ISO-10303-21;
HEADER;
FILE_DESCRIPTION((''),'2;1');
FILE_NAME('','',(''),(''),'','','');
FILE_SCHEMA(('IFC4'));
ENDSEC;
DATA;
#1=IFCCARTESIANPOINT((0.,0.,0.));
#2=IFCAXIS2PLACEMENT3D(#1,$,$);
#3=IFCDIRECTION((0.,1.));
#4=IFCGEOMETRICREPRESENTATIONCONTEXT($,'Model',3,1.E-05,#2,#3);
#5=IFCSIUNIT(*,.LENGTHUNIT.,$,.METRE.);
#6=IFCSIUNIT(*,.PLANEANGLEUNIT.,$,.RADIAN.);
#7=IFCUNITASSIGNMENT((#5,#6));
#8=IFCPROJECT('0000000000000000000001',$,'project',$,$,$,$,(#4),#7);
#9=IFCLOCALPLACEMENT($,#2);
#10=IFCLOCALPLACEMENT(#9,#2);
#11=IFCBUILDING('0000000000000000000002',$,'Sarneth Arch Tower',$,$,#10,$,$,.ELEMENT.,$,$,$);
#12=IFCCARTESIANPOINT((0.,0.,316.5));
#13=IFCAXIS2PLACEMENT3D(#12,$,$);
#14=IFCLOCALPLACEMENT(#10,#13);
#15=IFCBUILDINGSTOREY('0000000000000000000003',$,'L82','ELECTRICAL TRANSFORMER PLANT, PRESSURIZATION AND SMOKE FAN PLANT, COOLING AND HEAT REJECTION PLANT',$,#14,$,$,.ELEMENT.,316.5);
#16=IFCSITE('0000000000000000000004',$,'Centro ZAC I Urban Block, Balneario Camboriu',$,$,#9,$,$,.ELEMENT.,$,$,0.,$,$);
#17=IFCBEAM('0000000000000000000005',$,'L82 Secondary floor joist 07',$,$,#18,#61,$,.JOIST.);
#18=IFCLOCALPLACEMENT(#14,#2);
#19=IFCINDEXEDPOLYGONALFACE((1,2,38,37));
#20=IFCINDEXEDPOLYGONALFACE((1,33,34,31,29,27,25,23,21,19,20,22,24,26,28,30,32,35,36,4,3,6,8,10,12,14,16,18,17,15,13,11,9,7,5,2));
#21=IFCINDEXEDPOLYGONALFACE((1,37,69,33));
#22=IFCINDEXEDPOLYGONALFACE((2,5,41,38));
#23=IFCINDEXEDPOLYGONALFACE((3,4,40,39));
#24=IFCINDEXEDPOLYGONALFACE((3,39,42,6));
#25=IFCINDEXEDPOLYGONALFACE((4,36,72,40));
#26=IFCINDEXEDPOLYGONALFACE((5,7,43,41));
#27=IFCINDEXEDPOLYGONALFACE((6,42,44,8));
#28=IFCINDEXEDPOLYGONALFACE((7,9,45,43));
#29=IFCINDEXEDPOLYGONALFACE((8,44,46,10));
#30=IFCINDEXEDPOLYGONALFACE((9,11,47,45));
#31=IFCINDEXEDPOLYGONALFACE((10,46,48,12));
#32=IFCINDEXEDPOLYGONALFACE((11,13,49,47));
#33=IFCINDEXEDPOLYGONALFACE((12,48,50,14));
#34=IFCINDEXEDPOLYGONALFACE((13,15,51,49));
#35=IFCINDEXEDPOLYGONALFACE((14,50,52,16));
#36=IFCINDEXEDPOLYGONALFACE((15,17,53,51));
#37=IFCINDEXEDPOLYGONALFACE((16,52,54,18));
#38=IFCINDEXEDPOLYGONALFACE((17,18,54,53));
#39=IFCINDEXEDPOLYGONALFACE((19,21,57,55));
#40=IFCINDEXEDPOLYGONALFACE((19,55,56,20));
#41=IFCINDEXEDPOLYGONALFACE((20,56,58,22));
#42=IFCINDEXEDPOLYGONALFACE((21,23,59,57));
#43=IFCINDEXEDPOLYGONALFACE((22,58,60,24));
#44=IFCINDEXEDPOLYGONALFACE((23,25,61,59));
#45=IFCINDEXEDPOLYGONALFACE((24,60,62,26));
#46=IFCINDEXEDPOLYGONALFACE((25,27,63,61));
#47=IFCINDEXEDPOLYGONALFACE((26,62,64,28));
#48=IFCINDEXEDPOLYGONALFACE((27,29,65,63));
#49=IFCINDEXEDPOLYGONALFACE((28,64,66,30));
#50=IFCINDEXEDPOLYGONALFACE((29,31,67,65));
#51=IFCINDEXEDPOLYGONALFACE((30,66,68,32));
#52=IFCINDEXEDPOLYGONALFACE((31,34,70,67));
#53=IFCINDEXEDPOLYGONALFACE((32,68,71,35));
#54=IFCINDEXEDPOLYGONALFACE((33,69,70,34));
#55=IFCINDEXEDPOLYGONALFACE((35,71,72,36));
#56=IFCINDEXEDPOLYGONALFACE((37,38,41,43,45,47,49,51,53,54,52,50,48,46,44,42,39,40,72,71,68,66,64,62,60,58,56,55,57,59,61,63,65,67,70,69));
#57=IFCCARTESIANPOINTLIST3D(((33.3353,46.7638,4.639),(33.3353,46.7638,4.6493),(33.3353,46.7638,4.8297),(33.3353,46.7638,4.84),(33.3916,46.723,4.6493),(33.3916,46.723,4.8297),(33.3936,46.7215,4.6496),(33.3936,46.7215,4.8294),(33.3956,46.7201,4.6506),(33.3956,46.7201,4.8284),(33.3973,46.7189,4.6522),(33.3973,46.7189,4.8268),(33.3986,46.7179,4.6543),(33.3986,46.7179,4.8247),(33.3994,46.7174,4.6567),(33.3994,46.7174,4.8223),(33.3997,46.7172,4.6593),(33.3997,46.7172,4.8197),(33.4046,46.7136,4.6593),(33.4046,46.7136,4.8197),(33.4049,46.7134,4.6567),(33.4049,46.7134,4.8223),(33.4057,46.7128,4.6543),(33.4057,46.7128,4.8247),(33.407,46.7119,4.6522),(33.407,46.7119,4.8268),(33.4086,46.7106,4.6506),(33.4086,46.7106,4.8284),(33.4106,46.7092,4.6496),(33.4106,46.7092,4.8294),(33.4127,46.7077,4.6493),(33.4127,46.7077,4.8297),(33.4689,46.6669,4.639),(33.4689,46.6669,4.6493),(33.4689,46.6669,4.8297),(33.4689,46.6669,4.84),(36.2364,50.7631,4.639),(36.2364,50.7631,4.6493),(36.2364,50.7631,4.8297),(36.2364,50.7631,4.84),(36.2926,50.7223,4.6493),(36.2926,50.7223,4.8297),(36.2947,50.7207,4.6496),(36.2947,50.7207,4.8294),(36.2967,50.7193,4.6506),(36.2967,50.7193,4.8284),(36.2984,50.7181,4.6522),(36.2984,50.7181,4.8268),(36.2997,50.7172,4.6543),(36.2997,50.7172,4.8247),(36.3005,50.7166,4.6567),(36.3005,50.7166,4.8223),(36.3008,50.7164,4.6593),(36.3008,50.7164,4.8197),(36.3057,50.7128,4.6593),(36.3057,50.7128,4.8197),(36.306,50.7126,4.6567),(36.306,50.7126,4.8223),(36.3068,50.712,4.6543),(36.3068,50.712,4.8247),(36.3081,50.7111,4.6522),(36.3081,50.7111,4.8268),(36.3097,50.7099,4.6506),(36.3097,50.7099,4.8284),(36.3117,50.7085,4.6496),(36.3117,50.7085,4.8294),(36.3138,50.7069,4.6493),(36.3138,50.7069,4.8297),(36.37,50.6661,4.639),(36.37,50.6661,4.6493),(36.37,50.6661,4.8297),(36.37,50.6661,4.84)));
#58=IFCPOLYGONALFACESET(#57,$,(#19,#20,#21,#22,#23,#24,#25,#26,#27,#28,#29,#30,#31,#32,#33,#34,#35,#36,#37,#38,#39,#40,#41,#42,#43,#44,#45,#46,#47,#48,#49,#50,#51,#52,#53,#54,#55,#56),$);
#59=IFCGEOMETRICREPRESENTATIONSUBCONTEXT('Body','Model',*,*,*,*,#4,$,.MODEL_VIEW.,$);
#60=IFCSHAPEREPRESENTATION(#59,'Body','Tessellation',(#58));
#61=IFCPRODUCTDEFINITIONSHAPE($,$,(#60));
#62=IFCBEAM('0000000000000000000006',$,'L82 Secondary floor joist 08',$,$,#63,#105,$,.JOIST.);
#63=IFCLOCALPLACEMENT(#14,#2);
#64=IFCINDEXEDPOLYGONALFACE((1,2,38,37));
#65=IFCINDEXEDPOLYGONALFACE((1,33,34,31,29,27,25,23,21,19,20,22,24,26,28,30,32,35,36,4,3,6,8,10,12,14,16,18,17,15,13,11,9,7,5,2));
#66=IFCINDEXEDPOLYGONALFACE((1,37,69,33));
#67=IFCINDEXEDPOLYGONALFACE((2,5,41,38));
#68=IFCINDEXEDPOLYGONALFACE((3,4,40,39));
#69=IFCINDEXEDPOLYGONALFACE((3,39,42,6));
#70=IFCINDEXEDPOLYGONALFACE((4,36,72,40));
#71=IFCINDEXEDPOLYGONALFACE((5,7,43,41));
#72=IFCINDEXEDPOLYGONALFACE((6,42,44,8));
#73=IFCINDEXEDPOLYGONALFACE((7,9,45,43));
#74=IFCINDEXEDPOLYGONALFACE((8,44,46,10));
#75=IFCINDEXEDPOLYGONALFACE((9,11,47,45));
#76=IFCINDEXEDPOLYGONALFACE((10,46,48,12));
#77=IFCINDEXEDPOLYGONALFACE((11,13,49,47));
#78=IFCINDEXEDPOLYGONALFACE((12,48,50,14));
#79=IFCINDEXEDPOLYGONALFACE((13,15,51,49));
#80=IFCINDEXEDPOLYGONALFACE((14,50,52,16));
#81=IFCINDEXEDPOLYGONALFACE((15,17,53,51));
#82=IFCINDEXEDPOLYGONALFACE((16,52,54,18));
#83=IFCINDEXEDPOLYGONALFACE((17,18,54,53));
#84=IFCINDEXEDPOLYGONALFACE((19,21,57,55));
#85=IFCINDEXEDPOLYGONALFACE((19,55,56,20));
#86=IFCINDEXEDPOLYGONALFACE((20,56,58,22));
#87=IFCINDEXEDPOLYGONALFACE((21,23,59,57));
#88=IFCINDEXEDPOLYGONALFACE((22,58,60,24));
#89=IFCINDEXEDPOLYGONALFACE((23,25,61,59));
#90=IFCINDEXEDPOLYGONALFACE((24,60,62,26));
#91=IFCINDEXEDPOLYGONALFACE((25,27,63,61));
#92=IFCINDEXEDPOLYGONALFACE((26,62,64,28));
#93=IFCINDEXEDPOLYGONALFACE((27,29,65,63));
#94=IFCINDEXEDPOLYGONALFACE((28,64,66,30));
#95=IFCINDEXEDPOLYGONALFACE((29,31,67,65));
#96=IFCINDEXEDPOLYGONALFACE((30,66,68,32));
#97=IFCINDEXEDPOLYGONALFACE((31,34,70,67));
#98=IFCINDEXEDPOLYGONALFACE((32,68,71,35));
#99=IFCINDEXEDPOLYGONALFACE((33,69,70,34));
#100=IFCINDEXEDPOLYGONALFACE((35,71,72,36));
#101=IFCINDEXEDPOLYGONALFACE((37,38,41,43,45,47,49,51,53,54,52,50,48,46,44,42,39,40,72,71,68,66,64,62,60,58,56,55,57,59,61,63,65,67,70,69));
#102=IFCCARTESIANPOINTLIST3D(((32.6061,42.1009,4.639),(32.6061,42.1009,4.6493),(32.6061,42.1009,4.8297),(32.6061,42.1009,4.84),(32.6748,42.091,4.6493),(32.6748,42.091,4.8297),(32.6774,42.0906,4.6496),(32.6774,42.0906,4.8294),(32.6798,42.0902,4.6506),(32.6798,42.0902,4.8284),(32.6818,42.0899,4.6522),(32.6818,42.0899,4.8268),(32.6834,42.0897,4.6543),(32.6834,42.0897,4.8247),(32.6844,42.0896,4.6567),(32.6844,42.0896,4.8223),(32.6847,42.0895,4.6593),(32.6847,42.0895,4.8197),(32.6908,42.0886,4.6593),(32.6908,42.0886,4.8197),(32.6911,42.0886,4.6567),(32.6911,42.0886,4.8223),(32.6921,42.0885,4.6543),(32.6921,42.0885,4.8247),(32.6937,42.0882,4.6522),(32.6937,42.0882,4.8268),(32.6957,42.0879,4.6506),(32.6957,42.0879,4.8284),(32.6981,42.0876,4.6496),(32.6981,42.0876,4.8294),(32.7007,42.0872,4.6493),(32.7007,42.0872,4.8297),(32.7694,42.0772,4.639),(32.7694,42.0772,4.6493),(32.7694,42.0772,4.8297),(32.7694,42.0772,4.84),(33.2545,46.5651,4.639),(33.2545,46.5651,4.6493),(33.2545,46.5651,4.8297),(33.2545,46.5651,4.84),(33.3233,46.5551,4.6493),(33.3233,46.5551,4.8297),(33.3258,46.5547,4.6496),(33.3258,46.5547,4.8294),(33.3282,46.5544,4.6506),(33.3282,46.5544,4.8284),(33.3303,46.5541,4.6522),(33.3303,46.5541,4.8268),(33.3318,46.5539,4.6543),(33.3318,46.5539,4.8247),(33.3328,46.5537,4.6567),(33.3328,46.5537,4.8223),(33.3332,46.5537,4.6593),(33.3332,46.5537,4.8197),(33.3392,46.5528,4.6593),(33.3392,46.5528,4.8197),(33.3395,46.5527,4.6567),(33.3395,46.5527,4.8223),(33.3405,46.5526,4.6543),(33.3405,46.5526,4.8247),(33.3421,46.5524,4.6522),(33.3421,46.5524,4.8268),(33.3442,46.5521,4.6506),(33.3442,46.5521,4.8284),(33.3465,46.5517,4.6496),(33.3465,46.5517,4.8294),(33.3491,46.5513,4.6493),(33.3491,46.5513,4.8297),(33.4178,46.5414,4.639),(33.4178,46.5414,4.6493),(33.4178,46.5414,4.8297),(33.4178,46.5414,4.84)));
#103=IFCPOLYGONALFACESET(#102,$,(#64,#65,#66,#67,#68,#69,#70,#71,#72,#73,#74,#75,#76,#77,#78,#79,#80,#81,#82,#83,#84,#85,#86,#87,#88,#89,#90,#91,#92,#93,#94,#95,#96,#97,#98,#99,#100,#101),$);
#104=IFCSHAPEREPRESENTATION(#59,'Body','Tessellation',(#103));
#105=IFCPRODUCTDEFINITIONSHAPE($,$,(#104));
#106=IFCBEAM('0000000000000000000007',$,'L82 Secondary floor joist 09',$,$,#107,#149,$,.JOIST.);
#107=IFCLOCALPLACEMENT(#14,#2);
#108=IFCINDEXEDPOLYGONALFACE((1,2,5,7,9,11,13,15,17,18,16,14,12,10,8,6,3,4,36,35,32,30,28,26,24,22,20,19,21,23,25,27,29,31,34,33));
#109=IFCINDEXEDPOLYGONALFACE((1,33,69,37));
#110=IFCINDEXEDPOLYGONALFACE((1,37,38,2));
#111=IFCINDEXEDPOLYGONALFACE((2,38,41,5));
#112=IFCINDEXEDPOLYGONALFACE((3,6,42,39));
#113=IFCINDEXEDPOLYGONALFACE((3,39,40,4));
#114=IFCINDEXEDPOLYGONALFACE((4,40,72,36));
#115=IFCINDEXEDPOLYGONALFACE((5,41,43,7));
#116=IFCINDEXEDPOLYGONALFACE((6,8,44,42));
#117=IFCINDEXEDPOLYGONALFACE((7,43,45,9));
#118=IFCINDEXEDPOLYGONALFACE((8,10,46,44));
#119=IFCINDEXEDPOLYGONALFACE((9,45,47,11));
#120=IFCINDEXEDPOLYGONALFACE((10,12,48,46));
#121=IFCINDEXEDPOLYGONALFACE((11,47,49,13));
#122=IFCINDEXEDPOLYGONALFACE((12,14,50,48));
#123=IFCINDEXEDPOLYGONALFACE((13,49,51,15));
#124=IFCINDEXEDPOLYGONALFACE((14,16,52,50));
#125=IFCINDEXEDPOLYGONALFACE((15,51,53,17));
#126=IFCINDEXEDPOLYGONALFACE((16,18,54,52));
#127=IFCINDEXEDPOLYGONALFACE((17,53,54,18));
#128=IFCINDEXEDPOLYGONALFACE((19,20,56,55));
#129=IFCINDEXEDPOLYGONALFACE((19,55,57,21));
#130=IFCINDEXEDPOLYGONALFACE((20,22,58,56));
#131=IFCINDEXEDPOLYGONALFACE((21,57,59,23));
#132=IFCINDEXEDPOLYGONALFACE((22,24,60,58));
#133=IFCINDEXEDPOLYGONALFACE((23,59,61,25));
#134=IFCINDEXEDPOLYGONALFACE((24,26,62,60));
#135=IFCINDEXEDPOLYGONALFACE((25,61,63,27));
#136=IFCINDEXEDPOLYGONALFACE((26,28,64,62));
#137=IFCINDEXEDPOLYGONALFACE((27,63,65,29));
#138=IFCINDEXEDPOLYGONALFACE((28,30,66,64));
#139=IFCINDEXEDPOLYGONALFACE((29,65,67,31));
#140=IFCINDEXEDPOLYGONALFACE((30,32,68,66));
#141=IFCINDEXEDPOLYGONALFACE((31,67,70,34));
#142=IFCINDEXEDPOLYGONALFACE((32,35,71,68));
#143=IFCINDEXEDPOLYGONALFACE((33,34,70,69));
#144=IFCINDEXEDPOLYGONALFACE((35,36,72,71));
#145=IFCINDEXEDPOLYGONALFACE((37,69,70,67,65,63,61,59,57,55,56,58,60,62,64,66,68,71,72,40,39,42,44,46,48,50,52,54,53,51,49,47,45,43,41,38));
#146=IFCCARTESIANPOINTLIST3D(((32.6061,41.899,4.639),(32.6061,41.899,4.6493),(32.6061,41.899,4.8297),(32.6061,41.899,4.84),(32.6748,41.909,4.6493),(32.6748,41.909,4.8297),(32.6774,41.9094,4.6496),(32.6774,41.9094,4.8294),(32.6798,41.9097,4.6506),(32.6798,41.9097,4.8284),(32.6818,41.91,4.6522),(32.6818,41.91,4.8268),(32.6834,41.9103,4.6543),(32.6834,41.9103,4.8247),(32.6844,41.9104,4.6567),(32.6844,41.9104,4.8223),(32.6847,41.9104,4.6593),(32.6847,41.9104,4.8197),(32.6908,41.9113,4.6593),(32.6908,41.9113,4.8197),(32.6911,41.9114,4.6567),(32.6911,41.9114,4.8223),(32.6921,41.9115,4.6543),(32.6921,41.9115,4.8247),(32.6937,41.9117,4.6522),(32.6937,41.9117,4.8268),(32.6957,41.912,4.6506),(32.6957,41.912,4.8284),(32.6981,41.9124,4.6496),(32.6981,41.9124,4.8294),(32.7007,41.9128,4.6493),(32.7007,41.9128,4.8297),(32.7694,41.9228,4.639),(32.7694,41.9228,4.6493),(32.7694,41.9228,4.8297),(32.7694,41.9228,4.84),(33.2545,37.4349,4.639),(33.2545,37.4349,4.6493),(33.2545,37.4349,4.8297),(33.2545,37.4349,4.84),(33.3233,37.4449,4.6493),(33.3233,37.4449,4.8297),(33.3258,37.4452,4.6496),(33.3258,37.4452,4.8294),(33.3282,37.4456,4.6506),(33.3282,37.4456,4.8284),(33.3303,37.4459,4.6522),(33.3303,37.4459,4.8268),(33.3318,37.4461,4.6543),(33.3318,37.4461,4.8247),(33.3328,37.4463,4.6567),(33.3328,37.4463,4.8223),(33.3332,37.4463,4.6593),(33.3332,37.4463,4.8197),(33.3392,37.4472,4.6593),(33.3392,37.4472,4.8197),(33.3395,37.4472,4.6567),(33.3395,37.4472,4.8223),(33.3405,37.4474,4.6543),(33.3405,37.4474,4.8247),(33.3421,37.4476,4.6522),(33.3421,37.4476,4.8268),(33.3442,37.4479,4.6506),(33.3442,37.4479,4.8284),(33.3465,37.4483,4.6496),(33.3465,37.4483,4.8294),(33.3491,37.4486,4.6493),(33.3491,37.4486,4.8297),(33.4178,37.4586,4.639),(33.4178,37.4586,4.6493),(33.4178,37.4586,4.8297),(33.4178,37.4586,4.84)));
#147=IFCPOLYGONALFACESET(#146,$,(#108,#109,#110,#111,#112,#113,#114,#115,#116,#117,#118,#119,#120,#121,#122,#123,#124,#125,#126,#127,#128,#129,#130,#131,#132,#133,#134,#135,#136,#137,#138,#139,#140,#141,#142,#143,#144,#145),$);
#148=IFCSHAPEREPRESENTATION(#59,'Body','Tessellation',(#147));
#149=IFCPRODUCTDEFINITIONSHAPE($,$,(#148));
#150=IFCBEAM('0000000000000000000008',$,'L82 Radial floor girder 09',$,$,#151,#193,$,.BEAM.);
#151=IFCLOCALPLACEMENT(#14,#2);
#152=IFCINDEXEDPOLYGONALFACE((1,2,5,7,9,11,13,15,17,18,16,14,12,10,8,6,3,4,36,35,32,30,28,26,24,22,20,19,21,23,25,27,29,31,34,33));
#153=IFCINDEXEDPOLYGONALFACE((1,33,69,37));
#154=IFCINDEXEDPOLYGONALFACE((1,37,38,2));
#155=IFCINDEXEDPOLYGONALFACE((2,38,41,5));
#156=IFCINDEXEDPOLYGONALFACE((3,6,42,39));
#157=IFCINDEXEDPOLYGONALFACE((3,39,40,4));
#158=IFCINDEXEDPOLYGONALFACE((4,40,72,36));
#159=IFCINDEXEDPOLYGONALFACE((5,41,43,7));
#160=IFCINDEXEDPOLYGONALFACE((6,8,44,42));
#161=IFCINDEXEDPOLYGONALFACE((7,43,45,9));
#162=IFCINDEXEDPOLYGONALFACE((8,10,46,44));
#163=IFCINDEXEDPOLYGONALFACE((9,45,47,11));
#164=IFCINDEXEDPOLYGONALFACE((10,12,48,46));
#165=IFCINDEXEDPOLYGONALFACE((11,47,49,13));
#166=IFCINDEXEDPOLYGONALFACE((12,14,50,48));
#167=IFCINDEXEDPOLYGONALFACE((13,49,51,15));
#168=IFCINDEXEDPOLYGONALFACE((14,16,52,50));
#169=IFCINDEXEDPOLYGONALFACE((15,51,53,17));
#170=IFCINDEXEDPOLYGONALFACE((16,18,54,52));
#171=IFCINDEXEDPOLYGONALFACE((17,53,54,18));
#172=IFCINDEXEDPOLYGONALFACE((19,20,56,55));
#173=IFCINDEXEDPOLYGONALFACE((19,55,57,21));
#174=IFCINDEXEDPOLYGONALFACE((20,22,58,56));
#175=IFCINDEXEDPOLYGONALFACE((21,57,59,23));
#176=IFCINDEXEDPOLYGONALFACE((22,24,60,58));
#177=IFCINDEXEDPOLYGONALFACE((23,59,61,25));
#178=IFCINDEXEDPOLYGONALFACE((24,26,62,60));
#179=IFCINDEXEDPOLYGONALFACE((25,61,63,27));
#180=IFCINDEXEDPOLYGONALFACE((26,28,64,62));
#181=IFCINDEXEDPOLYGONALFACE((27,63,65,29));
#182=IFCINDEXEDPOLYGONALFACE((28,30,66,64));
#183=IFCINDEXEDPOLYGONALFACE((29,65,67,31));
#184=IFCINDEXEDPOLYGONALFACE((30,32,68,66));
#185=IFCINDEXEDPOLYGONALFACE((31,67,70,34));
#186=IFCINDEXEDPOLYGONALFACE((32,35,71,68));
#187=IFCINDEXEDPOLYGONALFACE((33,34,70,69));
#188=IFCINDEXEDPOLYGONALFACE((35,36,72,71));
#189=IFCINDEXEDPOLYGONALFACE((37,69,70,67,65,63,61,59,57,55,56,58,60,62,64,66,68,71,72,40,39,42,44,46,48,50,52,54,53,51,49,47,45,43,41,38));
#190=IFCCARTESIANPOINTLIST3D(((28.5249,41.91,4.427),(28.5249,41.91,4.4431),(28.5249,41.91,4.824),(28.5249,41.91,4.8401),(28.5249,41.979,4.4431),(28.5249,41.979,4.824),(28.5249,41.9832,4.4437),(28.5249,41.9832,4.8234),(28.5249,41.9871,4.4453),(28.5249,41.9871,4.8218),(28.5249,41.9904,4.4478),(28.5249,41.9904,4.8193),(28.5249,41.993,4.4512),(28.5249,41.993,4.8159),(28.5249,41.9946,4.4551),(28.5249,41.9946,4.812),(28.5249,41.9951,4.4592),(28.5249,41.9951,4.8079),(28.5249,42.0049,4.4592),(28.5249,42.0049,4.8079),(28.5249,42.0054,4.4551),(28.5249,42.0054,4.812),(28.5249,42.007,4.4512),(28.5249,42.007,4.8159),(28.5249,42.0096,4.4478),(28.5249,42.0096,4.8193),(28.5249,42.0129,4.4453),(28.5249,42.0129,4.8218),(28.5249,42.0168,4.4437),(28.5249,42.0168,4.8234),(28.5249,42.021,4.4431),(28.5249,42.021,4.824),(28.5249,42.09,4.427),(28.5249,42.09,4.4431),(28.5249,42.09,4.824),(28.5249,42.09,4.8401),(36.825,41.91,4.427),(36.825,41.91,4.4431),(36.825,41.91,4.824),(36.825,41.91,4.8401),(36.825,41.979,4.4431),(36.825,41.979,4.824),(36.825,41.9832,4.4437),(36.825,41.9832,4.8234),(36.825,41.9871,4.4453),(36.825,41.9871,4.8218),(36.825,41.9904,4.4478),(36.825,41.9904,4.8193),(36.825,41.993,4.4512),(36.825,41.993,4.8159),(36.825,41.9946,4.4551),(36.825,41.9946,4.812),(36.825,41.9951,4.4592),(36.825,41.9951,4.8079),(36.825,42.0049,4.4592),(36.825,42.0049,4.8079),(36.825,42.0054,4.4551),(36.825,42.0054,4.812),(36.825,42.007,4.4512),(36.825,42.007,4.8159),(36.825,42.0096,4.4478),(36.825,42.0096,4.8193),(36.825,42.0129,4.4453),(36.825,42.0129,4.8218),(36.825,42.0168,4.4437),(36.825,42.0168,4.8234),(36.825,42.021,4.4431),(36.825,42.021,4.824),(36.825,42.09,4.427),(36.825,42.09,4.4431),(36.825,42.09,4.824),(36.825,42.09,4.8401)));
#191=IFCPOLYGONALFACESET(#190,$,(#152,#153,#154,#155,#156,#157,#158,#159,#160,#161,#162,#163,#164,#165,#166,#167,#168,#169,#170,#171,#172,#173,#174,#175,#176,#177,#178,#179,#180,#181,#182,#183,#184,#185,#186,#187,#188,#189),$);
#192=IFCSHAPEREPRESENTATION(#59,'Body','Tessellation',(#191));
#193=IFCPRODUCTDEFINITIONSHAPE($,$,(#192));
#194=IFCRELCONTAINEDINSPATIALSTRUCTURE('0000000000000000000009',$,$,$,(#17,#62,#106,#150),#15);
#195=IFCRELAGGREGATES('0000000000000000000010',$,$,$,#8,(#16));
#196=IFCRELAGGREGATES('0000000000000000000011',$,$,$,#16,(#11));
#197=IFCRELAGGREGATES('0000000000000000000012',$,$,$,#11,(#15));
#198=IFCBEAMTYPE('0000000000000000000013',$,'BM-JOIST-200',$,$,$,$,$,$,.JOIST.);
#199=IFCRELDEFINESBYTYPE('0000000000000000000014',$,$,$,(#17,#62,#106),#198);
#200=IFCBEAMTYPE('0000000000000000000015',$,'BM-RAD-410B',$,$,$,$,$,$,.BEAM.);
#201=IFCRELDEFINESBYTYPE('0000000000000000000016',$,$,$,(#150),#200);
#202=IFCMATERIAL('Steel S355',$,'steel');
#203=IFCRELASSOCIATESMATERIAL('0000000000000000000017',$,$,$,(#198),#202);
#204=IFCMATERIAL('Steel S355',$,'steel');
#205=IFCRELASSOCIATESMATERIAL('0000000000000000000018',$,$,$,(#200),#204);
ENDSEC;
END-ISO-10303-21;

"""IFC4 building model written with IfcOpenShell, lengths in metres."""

from ifc_helpers import new_model, si_unit, direction, frame, origin, origin_2d, place, context, subcontext, project, spatial, i_section, extrude, material, material_profile, profile_set, type_object, element, save


model = new_model("IFC4")

# Units and contexts
model_context = context("Model", 3, precision=1e-05, world=origin(), true_north=direction((0.0, 1.0)))
body_context = subcontext(model_context, "Body", "Model", "MODEL_VIEW")
ifc_project = project(units=[si_unit("LENGTHUNIT", "METRE"), si_unit("PLANEANGLEUNIT", "RADIAN")], contexts=[model_context])

# Site, building, storey
site_placement = place(None, origin())
site = spatial("IfcSite", under=ifc_project, at=site_placement, Name="Centro ZAC I Urban Block, Balneario Camboriu", CompositionType="ELEMENT", RefElevation=0.0)
building_placement = place(site_placement, origin())
building = spatial("IfcBuilding", under=site, at=building_placement, Name="Sarneth Arch Tower", CompositionType="ELEMENT")
storey_placement = place(building_placement, frame((0.0, 0.0, 316.5)))
storey = spatial("IfcBuildingStorey", under=building, at=storey_placement, Name="L82", Description="ELECTRICAL TRANSFORMER PLANT, PRESSURIZATION AND SMOKE FAN PLANT, COOLING AND HEAT REJECTION PLANT", CompositionType="ELEMENT", Elevation=316.5)

# Beams
ifc_material_1 = material(Name="Steel S355", Category="steel")
ifc_material_profile_1 = material_profile(ifc_material_1, i_section(OverallWidth=0.165, OverallDepth=0.2009, WebThickness=0.0061, FlangeThickness=0.0103, FilletRadius=0.01, at=origin_2d()), Name="W200x35.9")
ifc_profile_set_1 = profile_set([ifc_material_profile_1], Name="Steel S355")
beam_type_1 = type_object("IfcBeamType", Name="BM-JOIST-200", PredefinedType="JOIST", material=ifc_profile_set_1)
beam_1_placement = place(storey_placement, frame((36.3032, 50.7146, 4.7395), z_axis=(-0.587187, -0.809451, 0.0), x_axis=(0.809451, -0.587187, 0.0)))
element("IfcBeam", 1, at=beam_1_placement, inside=storey, type_object=beam_type_1, Name="L82 Secondary floor joist 07", PredefinedType="JOIST", context=body_context, shape_type="SweptSolid", body=[
    extrude(i_section(OverallWidth=0.165, OverallDepth=0.2009, WebThickness=0.0061, FlangeThickness=0.0103, FilletRadius=0.01, at=origin_2d()), origin(), (0.0, 0.0, 1.0), 4.9407),
])
for number, where, z_axis, x_axis, name in (
    (2, (33.3362, 46.5532, 4.7395), (-0.143747, -0.989614, 0.0), (0.989614, -0.143747, 0.0), "L82 Secondary floor joist 08"),
    (3, (32.6877, 41.9109, 4.7395), (0.143747, -0.989614, 0.0), (0.989614, 0.143747, 0.0), "L82 Secondary floor joist 09"),
):
    element("IfcBeam", number, at=place(storey_placement, frame(where, z_axis=z_axis, x_axis=x_axis)), inside=storey, type_object=beam_type_1, Name=name, PredefinedType="JOIST", context=body_context, shape_type="SweptSolid", body=[
        extrude(i_section(OverallWidth=0.165, OverallDepth=0.2009, WebThickness=0.0061, FlangeThickness=0.0103, FilletRadius=0.01, at=origin_2d()), origin(), (0.0, 0.0, 1.0), 4.511),
    ])
ifc_material_2 = material(Name="Steel S355", Category="steel")
ifc_material_profile_2 = material_profile(ifc_material_2, i_section(OverallWidth=0.1799, OverallDepth=0.4131, WebThickness=0.0098, FlangeThickness=0.0161, FilletRadius=0.0161, at=origin_2d()), Name="W410x75")
ifc_profile_set_2 = profile_set([ifc_material_profile_2], Name="Steel S355")
beam_type_2 = type_object("IfcBeamType", Name="BM-RAD-410B", PredefinedType="BEAM", material=ifc_profile_set_2)
beam_2_placement = place(storey_placement, frame((36.825, 42.0, 4.6335), z_axis=(-1.0, 0.0, 0.0), x_axis=(0.0, -1.0, 0.0)))
element("IfcBeam", 4, at=beam_2_placement, inside=storey, type_object=beam_type_2, Name="L82 Radial floor girder 09", PredefinedType="BEAM", context=body_context, shape_type="SweptSolid", body=[
    extrude(i_section(OverallWidth=0.1799, OverallDepth=0.4131, WebThickness=0.0098, FlangeThickness=0.0161, FilletRadius=0.0161, at=origin_2d()), origin(), (0.0, 0.0, 1.0), 8.3),
])

save(model, "model.ifc")
